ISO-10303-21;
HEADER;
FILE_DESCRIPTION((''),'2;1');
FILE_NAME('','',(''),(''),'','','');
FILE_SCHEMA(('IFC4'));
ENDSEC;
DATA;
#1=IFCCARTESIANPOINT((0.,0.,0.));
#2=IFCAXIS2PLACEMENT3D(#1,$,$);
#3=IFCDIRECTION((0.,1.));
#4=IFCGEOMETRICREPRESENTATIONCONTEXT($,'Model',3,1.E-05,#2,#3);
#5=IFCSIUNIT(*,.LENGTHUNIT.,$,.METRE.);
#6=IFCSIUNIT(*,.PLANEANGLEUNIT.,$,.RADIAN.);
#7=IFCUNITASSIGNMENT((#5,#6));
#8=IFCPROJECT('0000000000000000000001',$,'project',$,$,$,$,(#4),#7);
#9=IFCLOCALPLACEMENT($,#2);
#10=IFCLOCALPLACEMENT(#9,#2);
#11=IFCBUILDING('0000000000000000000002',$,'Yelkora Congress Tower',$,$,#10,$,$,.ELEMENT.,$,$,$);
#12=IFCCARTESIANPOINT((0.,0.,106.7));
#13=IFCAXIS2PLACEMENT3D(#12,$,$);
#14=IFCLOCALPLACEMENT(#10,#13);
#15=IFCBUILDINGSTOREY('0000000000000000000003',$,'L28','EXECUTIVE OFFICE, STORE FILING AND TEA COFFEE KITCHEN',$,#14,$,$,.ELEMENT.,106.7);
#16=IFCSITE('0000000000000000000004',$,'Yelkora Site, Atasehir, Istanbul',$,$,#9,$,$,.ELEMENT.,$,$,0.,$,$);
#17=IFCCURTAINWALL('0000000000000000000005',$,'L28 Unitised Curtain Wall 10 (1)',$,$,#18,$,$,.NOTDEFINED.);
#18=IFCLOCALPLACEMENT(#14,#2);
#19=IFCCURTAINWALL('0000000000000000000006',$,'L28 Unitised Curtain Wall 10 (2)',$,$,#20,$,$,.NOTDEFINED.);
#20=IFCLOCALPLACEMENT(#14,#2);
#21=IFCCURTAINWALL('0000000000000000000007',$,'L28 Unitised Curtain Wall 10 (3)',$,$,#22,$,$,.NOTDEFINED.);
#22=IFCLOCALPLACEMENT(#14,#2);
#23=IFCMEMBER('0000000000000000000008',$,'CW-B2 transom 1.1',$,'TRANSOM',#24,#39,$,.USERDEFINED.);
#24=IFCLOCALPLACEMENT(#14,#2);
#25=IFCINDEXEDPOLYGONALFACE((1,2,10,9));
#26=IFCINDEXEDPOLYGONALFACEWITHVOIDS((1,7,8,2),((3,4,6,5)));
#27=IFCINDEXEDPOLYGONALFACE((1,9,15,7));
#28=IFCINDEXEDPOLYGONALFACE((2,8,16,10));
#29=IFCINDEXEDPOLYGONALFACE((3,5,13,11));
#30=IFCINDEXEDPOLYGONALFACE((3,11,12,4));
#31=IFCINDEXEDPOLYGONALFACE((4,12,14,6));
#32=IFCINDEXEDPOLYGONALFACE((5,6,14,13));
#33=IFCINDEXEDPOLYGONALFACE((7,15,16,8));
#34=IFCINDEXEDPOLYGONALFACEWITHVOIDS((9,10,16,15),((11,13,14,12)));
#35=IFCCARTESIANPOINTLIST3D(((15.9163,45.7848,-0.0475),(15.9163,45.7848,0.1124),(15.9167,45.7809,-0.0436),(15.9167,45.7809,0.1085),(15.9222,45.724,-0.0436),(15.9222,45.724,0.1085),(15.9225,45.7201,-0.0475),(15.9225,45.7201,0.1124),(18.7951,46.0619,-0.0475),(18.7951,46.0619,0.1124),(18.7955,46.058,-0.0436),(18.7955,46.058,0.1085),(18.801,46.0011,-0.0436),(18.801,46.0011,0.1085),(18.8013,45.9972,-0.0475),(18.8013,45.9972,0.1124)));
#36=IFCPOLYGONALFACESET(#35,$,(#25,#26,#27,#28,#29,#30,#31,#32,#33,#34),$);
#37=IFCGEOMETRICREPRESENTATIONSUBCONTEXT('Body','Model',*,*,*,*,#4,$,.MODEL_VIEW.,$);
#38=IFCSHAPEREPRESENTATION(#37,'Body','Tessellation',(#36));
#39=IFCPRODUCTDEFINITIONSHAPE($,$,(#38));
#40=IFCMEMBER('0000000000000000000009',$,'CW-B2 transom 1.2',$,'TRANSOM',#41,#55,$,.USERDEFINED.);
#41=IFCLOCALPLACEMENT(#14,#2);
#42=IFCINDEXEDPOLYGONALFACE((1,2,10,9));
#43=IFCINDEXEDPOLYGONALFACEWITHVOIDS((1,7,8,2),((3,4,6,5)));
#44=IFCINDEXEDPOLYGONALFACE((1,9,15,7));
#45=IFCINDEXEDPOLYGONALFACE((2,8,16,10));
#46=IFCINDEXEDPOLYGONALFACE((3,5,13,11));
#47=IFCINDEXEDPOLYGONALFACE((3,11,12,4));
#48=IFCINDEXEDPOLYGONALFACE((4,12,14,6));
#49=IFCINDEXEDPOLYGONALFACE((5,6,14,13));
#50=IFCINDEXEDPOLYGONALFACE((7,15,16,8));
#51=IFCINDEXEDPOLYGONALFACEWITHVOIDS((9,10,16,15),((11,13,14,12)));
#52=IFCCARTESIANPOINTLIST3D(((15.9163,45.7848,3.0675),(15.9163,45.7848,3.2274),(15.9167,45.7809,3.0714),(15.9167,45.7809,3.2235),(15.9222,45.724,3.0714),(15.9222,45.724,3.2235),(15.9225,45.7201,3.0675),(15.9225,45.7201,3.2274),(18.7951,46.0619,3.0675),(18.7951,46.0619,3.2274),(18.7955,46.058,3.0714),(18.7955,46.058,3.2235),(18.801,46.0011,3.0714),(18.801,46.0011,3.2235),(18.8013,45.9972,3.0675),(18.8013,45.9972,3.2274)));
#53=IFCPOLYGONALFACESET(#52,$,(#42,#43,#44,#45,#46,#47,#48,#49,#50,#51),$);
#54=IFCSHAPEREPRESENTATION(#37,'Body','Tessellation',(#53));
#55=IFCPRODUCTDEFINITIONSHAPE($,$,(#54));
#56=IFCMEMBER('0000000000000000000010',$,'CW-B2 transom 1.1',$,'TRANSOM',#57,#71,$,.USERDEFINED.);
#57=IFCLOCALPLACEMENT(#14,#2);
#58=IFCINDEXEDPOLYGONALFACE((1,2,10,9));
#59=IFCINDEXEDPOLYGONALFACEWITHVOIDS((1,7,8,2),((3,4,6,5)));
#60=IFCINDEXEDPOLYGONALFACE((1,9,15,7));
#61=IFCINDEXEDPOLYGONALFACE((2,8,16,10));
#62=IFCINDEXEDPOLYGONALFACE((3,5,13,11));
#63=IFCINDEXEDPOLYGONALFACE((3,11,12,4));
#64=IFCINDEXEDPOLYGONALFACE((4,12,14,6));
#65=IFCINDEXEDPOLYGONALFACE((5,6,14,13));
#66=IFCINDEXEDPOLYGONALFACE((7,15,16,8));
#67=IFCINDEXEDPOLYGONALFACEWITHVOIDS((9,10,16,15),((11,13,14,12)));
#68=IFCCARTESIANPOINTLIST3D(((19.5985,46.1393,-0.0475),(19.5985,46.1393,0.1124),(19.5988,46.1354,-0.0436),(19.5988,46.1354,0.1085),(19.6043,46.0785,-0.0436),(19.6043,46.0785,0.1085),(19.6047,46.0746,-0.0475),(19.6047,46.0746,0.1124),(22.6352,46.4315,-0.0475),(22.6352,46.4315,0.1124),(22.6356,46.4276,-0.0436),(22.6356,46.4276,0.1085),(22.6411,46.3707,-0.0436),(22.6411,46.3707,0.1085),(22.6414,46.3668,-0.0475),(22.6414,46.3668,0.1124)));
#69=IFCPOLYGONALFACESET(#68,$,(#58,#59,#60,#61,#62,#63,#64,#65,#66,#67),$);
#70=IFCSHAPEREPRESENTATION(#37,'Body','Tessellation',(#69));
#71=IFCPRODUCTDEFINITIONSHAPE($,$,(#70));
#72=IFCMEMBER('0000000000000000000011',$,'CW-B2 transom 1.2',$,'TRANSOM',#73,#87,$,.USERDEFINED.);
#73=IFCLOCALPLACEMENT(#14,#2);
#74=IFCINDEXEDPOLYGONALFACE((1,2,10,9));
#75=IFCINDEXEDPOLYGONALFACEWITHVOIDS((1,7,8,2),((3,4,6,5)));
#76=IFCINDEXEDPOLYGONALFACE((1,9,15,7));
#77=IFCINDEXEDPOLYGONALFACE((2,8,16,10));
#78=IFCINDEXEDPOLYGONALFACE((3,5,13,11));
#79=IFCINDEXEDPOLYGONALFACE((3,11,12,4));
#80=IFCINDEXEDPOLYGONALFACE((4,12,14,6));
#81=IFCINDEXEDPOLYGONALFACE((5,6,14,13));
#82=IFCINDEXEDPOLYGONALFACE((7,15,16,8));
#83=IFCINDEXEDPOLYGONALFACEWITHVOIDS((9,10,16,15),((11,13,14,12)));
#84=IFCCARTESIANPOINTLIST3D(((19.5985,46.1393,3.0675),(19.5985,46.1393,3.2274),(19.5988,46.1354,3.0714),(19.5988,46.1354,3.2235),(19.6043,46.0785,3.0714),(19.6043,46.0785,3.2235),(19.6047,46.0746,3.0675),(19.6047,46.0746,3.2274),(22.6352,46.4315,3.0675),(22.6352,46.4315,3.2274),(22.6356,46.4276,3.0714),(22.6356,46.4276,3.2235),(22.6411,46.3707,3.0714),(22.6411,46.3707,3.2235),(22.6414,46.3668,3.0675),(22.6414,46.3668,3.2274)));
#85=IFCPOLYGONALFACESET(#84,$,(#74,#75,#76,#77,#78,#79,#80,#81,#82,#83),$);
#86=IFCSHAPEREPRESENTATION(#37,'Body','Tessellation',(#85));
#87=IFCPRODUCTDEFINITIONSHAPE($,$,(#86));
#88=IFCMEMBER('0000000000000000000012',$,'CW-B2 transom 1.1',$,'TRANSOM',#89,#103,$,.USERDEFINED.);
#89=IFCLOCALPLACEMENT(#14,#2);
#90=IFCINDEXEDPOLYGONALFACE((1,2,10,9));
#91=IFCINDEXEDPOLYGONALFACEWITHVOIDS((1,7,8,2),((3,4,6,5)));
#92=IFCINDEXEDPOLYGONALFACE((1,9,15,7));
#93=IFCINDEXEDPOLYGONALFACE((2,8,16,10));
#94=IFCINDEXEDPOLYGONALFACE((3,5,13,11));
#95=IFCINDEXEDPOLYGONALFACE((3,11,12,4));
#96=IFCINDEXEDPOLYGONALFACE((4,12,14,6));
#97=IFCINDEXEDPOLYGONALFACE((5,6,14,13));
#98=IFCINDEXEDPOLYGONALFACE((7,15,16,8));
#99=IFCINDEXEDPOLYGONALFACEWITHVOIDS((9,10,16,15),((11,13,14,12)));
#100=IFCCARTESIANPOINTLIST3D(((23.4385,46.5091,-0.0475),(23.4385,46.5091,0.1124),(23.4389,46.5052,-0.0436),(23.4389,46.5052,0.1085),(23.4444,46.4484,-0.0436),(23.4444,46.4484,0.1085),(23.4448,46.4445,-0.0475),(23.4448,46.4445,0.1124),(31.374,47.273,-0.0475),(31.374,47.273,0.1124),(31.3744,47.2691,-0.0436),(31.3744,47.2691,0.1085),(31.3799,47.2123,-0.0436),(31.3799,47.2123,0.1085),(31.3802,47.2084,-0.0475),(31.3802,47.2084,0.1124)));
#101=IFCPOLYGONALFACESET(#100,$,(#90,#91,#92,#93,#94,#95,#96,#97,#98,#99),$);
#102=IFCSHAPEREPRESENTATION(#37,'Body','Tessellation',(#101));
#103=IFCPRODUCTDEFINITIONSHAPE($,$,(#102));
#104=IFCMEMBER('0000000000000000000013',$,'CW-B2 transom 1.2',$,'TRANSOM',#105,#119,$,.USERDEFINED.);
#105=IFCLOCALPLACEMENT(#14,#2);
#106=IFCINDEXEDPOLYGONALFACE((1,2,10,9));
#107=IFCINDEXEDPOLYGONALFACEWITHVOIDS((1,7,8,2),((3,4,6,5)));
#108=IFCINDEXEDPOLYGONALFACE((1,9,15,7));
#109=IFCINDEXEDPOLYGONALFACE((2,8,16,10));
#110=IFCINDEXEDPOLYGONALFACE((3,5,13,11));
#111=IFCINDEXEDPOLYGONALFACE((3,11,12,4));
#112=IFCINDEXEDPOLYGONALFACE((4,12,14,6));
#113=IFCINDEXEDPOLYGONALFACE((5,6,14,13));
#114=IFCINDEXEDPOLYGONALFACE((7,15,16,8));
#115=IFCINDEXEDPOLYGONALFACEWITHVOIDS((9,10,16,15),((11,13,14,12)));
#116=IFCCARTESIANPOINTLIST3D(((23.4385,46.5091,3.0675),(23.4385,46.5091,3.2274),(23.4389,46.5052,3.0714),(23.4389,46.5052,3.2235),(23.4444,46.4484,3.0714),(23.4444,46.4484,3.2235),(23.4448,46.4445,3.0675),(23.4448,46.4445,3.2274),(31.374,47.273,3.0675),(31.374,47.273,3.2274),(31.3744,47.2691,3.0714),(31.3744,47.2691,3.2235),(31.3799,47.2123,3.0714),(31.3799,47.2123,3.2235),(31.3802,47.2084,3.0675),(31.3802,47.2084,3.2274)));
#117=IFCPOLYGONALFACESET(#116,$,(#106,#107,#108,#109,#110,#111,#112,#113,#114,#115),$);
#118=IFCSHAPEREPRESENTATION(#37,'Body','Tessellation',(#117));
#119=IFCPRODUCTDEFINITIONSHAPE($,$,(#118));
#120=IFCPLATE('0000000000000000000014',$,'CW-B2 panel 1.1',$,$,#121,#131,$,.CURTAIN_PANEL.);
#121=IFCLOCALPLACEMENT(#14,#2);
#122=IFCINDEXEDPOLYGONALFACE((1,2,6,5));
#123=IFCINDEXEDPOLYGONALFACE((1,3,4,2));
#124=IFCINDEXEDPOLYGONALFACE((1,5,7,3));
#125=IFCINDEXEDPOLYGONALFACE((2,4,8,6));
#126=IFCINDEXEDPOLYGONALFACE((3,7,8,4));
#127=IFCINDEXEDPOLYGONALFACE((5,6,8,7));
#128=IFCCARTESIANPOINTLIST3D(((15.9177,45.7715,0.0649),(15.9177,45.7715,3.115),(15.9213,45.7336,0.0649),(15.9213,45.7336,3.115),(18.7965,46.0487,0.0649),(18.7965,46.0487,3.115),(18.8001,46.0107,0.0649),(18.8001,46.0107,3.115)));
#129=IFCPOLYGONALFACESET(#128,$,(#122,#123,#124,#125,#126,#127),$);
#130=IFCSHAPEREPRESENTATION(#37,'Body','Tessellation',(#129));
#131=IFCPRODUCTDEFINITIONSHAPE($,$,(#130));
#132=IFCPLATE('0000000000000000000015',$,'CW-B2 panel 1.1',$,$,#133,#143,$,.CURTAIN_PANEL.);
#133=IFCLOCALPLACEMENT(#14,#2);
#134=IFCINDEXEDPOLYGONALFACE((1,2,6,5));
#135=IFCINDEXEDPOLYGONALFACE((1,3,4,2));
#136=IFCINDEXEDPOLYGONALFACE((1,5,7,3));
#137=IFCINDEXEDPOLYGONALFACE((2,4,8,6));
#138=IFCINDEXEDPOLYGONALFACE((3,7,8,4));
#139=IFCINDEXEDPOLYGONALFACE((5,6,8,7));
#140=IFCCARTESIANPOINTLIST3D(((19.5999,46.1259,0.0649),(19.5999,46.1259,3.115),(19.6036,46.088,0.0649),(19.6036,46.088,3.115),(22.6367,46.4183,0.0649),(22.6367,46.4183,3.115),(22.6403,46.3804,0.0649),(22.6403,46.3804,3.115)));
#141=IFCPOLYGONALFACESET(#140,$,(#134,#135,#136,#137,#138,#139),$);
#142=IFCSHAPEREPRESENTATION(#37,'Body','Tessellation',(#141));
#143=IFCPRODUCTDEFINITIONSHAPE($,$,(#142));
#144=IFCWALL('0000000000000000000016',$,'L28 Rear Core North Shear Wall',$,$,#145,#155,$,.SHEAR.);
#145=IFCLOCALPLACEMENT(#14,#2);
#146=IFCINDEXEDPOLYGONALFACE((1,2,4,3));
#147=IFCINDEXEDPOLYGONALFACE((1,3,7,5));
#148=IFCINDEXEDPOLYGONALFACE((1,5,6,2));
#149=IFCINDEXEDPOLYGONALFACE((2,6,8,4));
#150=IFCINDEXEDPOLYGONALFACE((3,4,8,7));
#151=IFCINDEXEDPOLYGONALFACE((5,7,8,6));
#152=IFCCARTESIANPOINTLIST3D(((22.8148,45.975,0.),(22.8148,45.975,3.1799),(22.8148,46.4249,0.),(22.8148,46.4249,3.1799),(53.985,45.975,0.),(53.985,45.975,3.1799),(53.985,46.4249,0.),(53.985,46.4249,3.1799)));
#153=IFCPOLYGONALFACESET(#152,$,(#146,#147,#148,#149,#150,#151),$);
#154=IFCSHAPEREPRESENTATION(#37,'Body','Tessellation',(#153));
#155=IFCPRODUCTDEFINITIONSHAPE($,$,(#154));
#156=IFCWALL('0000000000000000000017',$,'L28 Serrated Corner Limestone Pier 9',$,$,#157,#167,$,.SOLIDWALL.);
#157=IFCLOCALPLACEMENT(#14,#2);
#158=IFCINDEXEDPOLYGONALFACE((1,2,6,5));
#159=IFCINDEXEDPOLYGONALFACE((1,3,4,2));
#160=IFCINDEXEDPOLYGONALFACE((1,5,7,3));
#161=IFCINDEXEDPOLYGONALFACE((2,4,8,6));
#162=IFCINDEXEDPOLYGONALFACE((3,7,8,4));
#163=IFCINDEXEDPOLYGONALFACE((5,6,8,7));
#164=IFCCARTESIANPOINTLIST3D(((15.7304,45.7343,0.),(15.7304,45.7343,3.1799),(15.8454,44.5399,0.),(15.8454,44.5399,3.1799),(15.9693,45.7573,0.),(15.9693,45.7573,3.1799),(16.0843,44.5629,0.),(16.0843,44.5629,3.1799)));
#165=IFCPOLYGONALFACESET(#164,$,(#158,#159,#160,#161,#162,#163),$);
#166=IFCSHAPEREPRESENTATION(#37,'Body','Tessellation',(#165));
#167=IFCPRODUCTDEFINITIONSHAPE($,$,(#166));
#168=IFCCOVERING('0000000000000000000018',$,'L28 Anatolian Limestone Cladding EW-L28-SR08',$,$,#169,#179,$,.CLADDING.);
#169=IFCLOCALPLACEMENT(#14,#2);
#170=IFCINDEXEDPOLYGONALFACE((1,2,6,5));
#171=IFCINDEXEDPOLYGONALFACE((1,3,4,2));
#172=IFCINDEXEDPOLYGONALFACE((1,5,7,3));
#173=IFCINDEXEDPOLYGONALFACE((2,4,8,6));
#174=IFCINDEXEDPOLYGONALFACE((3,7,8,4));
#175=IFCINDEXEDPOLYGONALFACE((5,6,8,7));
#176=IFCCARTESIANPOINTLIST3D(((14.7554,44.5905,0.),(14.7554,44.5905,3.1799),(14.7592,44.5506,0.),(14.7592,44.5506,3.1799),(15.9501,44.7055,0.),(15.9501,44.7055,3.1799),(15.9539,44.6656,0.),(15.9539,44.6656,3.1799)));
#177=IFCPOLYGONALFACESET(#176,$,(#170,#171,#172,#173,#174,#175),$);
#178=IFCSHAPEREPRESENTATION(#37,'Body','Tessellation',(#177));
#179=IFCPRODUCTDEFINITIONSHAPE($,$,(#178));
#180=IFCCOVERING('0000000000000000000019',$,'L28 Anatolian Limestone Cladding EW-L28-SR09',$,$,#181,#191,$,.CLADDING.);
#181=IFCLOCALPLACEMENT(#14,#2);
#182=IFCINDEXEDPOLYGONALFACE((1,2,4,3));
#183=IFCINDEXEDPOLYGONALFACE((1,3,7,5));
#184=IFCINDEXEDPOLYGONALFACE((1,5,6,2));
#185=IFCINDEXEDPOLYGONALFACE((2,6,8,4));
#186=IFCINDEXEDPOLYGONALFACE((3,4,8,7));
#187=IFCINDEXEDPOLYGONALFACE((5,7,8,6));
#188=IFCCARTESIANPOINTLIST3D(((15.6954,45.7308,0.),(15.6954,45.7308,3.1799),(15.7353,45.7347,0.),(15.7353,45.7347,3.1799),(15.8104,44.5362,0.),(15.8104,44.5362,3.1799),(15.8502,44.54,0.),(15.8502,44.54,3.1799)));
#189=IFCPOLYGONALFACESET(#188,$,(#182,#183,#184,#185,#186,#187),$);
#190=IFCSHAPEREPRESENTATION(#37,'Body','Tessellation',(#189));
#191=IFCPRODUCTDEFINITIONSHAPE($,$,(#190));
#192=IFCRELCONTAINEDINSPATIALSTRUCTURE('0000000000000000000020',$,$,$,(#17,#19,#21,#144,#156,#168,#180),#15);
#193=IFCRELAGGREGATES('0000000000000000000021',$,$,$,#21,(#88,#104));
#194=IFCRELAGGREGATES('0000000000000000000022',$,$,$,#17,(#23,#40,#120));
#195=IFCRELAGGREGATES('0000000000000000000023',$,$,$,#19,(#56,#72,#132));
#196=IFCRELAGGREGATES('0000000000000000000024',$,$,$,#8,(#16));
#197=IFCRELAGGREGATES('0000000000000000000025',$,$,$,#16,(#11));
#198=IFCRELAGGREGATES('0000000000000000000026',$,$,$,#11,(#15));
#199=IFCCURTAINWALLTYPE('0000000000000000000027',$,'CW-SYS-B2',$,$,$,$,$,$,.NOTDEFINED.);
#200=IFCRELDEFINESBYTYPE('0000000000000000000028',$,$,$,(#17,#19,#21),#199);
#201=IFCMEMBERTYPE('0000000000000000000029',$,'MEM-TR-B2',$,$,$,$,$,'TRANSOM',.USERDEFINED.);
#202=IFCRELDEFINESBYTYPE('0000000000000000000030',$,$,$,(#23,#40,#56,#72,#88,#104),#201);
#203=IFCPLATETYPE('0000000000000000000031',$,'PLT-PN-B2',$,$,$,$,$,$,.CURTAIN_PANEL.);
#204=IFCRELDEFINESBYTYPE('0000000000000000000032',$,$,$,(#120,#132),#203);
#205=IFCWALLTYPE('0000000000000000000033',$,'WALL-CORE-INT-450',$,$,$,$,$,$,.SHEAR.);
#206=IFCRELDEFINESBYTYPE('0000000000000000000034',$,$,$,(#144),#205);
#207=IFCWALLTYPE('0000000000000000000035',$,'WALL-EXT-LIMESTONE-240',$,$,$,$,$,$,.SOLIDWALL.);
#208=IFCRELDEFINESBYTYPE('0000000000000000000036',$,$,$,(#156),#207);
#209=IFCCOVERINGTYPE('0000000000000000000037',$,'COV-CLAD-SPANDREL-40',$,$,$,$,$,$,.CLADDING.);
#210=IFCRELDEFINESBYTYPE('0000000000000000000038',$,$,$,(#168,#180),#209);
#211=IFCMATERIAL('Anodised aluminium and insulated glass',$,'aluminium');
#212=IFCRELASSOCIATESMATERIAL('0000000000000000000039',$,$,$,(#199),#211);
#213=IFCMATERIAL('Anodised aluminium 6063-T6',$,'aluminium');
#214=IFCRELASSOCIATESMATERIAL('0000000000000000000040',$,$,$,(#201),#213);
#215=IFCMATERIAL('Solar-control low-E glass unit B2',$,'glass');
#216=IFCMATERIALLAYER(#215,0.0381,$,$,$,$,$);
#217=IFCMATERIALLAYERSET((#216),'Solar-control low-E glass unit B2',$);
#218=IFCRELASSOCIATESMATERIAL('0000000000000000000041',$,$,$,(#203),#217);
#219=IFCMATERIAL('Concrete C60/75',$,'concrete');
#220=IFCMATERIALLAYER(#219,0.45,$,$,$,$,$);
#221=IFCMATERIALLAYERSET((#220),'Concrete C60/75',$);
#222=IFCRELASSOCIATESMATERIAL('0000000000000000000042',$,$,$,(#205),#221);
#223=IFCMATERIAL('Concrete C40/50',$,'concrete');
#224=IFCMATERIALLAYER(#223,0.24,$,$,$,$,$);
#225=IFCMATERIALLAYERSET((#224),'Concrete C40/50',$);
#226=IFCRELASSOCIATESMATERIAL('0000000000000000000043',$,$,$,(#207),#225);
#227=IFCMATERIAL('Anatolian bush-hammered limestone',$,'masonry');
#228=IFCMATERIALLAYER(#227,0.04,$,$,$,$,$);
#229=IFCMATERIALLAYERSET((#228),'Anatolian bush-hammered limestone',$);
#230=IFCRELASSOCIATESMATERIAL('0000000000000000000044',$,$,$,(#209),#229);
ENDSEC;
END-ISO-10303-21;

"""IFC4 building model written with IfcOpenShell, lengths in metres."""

from ifc_helpers import new_model, si_unit, direction, frame, frame_2d, origin, origin_2d, place, context, subcontext, project, spatial, rectangle, hollow_rectangle, extrude, material, layer, layer_set, material_profile, profile_set, type_object, element, aggregate, save


model = new_model("IFC4")

# Units and contexts
model_context = context("Model", 3, precision=1e-05, world=origin(), true_north=direction((0.0, 1.0)))
body_context = subcontext(model_context, "Body", "Model", "MODEL_VIEW")
ifc_project = project(units=[si_unit("LENGTHUNIT", "METRE"), si_unit("PLANEANGLEUNIT", "RADIAN")], contexts=[model_context])

# Site, building, storey
site_placement = place(None, origin())
site = spatial("IfcSite", under=ifc_project, at=site_placement, Name="Yelkora Site, Atasehir, Istanbul", CompositionType="ELEMENT", RefElevation=0.0)
building_placement = place(site_placement, origin())
building = spatial("IfcBuilding", under=site, at=building_placement, Name="Yelkora Congress Tower", CompositionType="ELEMENT")
storey_placement = place(building_placement, frame((0.0, 0.0, 106.7)))
storey = spatial("IfcBuildingStorey", under=building, at=storey_placement, Name="L28", Description="EXECUTIVE OFFICE, STORE FILING AND TEA COFFEE KITCHEN", CompositionType="ELEMENT", Elevation=106.7)

# Curtain walls
ifc_material_1 = material(Name="Anodised aluminium and insulated glass", Category="aluminium")
curtain_wall_type = type_object("IfcCurtainWallType", Name="CW-SYS-B2", PredefinedType="NOTDEFINED", material=ifc_material_1)
curtain_wall_1_placement = place(storey_placement, origin())
curtain_wall_1 = element("IfcCurtainWall", 1, at=curtain_wall_1_placement, inside=storey, type_object=curtain_wall_type, Name="L28 Unitised Curtain Wall 10 (1)", PredefinedType="NOTDEFINED")
ifc_material_2 = material(Name="Anodised aluminium 6063-T6", Category="aluminium")
curtain_wall_2_placement = place(storey_placement, origin())
curtain_wall_2 = element("IfcCurtainWall", 2, at=curtain_wall_2_placement, inside=storey, type_object=curtain_wall_type, Name="L28 Unitised Curtain Wall 10 (2)", PredefinedType="NOTDEFINED")

# Curtain wall
curtain_wall_3_placement = place(storey_placement, origin())
curtain_wall_3 = element("IfcCurtainWall", 3, at=curtain_wall_3_placement, inside=storey, type_object=curtain_wall_type, Name="L28 Unitised Curtain Wall 10 (3)", PredefinedType="NOTDEFINED")

# Members
ifc_material_profile_1 = material_profile(ifc_material_2, hollow_rectangle(XDim=0.0649, YDim=0.1599, WallThickness=0.0039, at=origin_2d()), Name="ALU 65x160x4")
ifc_profile_set_1 = profile_set([ifc_material_profile_1], Name="Anodised aluminium 6063-T6")
member_type_1 = type_object("IfcMemberType", Name="MEM-TR-B2", ElementType="TRANSOM", PredefinedType="USERDEFINED", material=ifc_profile_set_1)
member_1_placement = place(storey_placement, frame((15.9194, 45.7524, 0.0325), z_axis=(0.9954, 0.095809, 0.0), x_axis=(-0.095809, 0.9954, 0.0)))
member_1 = element("IfcMember", 4, at=member_1_placement, type_object=member_type_1, Name="CW-B2 transom 1.1", ObjectType="TRANSOM", PredefinedType="USERDEFINED", context=body_context, shape_type="SweptSolid", body=[
    extrude(hollow_rectangle(XDim=0.0649, YDim=0.1599, WallThickness=0.0039, at=origin_2d()), origin(), (0.0, 0.0, 1.0), 2.8921),
])
member_2_placement = place(storey_placement, frame((15.9194, 45.7524, 3.1475), z_axis=(0.9954, 0.095809, 0.0), x_axis=(-0.095809, 0.9954, 0.0)))
member_2 = element("IfcMember", 5, at=member_2_placement, type_object=member_type_1, Name="CW-B2 transom 1.2", ObjectType="TRANSOM", PredefinedType="USERDEFINED", context=body_context, shape_type="SweptSolid", body=[
    extrude(hollow_rectangle(XDim=0.0649, YDim=0.1599, WallThickness=0.0039, at=origin_2d()), origin(), (0.0, 0.0, 1.0), 2.8921),
])
member_3_placement = place(storey_placement, frame((19.6016, 46.1069, 0.0325), z_axis=(0.995402, 0.095787, 0.0), x_axis=(-0.095787, 0.995402, 0.0)))
member_3 = element("IfcMember", 6, at=member_3_placement, type_object=member_type_1, Name="CW-B2 transom 1.1", ObjectType="TRANSOM", PredefinedType="USERDEFINED", context=body_context, shape_type="SweptSolid", body=[
    extrude(hollow_rectangle(XDim=0.0649, YDim=0.1599, WallThickness=0.0039, at=origin_2d()), origin(), (0.0, 0.0, 1.0), 3.0508),
])
member_4_placement = place(storey_placement, frame((19.6016, 46.1069, 3.1475), z_axis=(0.995402, 0.095787, 0.0), x_axis=(-0.095787, 0.995402, 0.0)))
member_4 = element("IfcMember", 7, at=member_4_placement, type_object=member_type_1, Name="CW-B2 transom 1.2", ObjectType="TRANSOM", PredefinedType="USERDEFINED", context=body_context, shape_type="SweptSolid", body=[
    extrude(hollow_rectangle(XDim=0.0649, YDim=0.1599, WallThickness=0.0039, at=origin_2d()), origin(), (0.0, 0.0, 1.0), 3.0508),
])
member_5_placement = place(storey_placement, frame((23.4417, 46.4768, 0.0325), z_axis=(0.995398, 0.095822, 0.0), x_axis=(-0.095822, 0.995398, 0.0)))
member_5 = element("IfcMember", 8, at=member_5_placement, type_object=member_type_1, Name="CW-B2 transom 1.1", ObjectType="TRANSOM", PredefinedType="USERDEFINED", context=body_context, shape_type="SweptSolid", body=[
    extrude(hollow_rectangle(XDim=0.0649, YDim=0.1599, WallThickness=0.0039, at=origin_2d()), origin(), (0.0, 0.0, 1.0), 7.9722),
])
member_6_placement = place(storey_placement, frame((23.4417, 46.4768, 3.1475), z_axis=(0.995398, 0.095822, 0.0), x_axis=(-0.095822, 0.995398, 0.0)))
member_6 = element("IfcMember", 9, at=member_6_placement, type_object=member_type_1, Name="CW-B2 transom 1.2", ObjectType="TRANSOM", PredefinedType="USERDEFINED", context=body_context, shape_type="SweptSolid", body=[
    extrude(hollow_rectangle(XDim=0.0649, YDim=0.1599, WallThickness=0.0039, at=origin_2d()), origin(), (0.0, 0.0, 1.0), 7.9722),
])
aggregate(curtain_wall_3, [member_5, member_6])

# Plates
ifc_material_3 = material(Name="Solar-control low-E glass unit B2", Category="glass")
ifc_layer_1 = layer(ifc_material_3, 0.0381)
ifc_layer_set_1 = layer_set([ifc_layer_1], Name="Solar-control low-E glass unit B2")
plate_type = type_object("IfcPlateType", Name="PLT-PN-B2", PredefinedType="CURTAIN_PANEL", material=ifc_layer_set_1)
plate_1_placement = place(storey_placement, frame((17.3589, 45.8911, 0.0649), z_axis=(0.0, 0.0, 1.0), x_axis=(0.995397, 0.095839, 0.0)))
plate_1 = element("IfcPlate", 10, at=plate_1_placement, type_object=plate_type, Name="CW-B2 panel 1.1", PredefinedType="CURTAIN_PANEL", context=body_context, shape_type="SweptSolid", body=[
    extrude(rectangle(XDim=2.8921, YDim=0.0381, at=origin_2d()), origin(), (0.0, 0.0, 1.0), 3.05),
])
aggregate(curtain_wall_1, [member_1, member_2, plate_1])
plate_2_placement = place(storey_placement, frame((21.1201, 46.2532, 0.0649), z_axis=(0.0, 0.0, 1.0), x_axis=(0.995397, 0.095841, 0.0)))
plate_2 = element("IfcPlate", 11, at=plate_2_placement, type_object=plate_type, Name="CW-B2 panel 1.1", PredefinedType="CURTAIN_PANEL", context=body_context, shape_type="SweptSolid", body=[
    extrude(rectangle(XDim=3.0508, YDim=0.0381, at=origin_2d()), origin(), (0.0, 0.0, 1.0), 3.05),
])
aggregate(curtain_wall_2, [member_3, member_4, plate_2])

# Walls
ifc_material_4 = material(Name="Concrete C60/75", Category="concrete")
ifc_layer_2 = layer(ifc_material_4, 0.45)
ifc_layer_set_2 = layer_set([ifc_layer_2], Name="Concrete C60/75")
wall_type_1 = type_object("IfcWallType", Name="WALL-CORE-INT-450", PredefinedType="SHEAR", material=ifc_layer_set_2)
wall_1_placement = place(storey_placement, frame((22.8149, 46.2, 0.0), z_axis=(0.0, 0.0, 1.0), x_axis=(1.0, 0.0, 0.0)))
element("IfcWall", 12, at=wall_1_placement, inside=storey, type_object=wall_type_1, Name="L28 Rear Core North Shear Wall", PredefinedType="SHEAR", context=body_context, shape_type="SweptSolid", body=[
    extrude(rectangle(XDim=31.1702, YDim=0.45, at=frame_2d((15.585, 0.0))), origin(), (0.0, 0.0, 1.0), 3.1799),
])
ifc_material_5 = material(Name="Concrete C40/50", Category="concrete")
ifc_layer_3 = layer(ifc_material_5, 0.24)
ifc_layer_set_3 = layer_set([ifc_layer_3], Name="Concrete C40/50")
wall_type_2 = type_object("IfcWallType", Name="WALL-EXT-LIMESTONE-240", PredefinedType="SOLIDWALL", material=ifc_layer_set_3)
wall_2_placement = place(storey_placement, frame((15.9648, 44.5513, 0.0), z_axis=(0.0, 0.0, 1.0), x_axis=(-0.095836, 0.995397, 0.0)))
element("IfcWall", 13, at=wall_2_placement, inside=storey, type_object=wall_type_2, Name="L28 Serrated Corner Limestone Pier 9", PredefinedType="SOLIDWALL", context=body_context, shape_type="SweptSolid", body=[
    extrude(rectangle(XDim=1.2, YDim=0.24, at=frame_2d((0.6001, 0.0))), origin(), (0.0, 0.0, 1.0), 3.1799),
])

# Coverings
ifc_material_6 = material(Name="Anatolian bush-hammered limestone", Category="masonry")
ifc_layer_4 = layer(ifc_material_6, 0.04)
ifc_layer_set_4 = layer_set([ifc_layer_4], Name="Anatolian bush-hammered limestone")
covering_type = type_object("IfcCoveringType", Name="COV-CLAD-SPANDREL-40", PredefinedType="CLADDING", material=ifc_layer_set_4)
for number, where, z_axis, x_axis, name in (
    (14, (14.7573, 44.5706, 0.0), (0.0, 0.0, 1.0), (0.995399, 0.095817, 0.0), "L28 Anatolian Limestone Cladding EW-L28-SR08"),
    (15, (15.8303, 44.5381, 0.0), (0.0, 0.0, 1.0), (-0.095817, 0.995399, 0.0), "L28 Anatolian Limestone Cladding EW-L28-SR09"),
):
    element("IfcCovering", number, at=place(storey_placement, frame(where, z_axis=z_axis, x_axis=x_axis)), inside=storey, type_object=covering_type, Name=name, PredefinedType="CLADDING", context=body_context, shape_type="SweptSolid", body=[
        extrude(rectangle(XDim=1.2002, YDim=0.04, at=frame_2d((0.6001, 0.0))), origin(), (0.0, 0.0, 1.0), 3.1799),
    ])

save(model, "model.ifc")
